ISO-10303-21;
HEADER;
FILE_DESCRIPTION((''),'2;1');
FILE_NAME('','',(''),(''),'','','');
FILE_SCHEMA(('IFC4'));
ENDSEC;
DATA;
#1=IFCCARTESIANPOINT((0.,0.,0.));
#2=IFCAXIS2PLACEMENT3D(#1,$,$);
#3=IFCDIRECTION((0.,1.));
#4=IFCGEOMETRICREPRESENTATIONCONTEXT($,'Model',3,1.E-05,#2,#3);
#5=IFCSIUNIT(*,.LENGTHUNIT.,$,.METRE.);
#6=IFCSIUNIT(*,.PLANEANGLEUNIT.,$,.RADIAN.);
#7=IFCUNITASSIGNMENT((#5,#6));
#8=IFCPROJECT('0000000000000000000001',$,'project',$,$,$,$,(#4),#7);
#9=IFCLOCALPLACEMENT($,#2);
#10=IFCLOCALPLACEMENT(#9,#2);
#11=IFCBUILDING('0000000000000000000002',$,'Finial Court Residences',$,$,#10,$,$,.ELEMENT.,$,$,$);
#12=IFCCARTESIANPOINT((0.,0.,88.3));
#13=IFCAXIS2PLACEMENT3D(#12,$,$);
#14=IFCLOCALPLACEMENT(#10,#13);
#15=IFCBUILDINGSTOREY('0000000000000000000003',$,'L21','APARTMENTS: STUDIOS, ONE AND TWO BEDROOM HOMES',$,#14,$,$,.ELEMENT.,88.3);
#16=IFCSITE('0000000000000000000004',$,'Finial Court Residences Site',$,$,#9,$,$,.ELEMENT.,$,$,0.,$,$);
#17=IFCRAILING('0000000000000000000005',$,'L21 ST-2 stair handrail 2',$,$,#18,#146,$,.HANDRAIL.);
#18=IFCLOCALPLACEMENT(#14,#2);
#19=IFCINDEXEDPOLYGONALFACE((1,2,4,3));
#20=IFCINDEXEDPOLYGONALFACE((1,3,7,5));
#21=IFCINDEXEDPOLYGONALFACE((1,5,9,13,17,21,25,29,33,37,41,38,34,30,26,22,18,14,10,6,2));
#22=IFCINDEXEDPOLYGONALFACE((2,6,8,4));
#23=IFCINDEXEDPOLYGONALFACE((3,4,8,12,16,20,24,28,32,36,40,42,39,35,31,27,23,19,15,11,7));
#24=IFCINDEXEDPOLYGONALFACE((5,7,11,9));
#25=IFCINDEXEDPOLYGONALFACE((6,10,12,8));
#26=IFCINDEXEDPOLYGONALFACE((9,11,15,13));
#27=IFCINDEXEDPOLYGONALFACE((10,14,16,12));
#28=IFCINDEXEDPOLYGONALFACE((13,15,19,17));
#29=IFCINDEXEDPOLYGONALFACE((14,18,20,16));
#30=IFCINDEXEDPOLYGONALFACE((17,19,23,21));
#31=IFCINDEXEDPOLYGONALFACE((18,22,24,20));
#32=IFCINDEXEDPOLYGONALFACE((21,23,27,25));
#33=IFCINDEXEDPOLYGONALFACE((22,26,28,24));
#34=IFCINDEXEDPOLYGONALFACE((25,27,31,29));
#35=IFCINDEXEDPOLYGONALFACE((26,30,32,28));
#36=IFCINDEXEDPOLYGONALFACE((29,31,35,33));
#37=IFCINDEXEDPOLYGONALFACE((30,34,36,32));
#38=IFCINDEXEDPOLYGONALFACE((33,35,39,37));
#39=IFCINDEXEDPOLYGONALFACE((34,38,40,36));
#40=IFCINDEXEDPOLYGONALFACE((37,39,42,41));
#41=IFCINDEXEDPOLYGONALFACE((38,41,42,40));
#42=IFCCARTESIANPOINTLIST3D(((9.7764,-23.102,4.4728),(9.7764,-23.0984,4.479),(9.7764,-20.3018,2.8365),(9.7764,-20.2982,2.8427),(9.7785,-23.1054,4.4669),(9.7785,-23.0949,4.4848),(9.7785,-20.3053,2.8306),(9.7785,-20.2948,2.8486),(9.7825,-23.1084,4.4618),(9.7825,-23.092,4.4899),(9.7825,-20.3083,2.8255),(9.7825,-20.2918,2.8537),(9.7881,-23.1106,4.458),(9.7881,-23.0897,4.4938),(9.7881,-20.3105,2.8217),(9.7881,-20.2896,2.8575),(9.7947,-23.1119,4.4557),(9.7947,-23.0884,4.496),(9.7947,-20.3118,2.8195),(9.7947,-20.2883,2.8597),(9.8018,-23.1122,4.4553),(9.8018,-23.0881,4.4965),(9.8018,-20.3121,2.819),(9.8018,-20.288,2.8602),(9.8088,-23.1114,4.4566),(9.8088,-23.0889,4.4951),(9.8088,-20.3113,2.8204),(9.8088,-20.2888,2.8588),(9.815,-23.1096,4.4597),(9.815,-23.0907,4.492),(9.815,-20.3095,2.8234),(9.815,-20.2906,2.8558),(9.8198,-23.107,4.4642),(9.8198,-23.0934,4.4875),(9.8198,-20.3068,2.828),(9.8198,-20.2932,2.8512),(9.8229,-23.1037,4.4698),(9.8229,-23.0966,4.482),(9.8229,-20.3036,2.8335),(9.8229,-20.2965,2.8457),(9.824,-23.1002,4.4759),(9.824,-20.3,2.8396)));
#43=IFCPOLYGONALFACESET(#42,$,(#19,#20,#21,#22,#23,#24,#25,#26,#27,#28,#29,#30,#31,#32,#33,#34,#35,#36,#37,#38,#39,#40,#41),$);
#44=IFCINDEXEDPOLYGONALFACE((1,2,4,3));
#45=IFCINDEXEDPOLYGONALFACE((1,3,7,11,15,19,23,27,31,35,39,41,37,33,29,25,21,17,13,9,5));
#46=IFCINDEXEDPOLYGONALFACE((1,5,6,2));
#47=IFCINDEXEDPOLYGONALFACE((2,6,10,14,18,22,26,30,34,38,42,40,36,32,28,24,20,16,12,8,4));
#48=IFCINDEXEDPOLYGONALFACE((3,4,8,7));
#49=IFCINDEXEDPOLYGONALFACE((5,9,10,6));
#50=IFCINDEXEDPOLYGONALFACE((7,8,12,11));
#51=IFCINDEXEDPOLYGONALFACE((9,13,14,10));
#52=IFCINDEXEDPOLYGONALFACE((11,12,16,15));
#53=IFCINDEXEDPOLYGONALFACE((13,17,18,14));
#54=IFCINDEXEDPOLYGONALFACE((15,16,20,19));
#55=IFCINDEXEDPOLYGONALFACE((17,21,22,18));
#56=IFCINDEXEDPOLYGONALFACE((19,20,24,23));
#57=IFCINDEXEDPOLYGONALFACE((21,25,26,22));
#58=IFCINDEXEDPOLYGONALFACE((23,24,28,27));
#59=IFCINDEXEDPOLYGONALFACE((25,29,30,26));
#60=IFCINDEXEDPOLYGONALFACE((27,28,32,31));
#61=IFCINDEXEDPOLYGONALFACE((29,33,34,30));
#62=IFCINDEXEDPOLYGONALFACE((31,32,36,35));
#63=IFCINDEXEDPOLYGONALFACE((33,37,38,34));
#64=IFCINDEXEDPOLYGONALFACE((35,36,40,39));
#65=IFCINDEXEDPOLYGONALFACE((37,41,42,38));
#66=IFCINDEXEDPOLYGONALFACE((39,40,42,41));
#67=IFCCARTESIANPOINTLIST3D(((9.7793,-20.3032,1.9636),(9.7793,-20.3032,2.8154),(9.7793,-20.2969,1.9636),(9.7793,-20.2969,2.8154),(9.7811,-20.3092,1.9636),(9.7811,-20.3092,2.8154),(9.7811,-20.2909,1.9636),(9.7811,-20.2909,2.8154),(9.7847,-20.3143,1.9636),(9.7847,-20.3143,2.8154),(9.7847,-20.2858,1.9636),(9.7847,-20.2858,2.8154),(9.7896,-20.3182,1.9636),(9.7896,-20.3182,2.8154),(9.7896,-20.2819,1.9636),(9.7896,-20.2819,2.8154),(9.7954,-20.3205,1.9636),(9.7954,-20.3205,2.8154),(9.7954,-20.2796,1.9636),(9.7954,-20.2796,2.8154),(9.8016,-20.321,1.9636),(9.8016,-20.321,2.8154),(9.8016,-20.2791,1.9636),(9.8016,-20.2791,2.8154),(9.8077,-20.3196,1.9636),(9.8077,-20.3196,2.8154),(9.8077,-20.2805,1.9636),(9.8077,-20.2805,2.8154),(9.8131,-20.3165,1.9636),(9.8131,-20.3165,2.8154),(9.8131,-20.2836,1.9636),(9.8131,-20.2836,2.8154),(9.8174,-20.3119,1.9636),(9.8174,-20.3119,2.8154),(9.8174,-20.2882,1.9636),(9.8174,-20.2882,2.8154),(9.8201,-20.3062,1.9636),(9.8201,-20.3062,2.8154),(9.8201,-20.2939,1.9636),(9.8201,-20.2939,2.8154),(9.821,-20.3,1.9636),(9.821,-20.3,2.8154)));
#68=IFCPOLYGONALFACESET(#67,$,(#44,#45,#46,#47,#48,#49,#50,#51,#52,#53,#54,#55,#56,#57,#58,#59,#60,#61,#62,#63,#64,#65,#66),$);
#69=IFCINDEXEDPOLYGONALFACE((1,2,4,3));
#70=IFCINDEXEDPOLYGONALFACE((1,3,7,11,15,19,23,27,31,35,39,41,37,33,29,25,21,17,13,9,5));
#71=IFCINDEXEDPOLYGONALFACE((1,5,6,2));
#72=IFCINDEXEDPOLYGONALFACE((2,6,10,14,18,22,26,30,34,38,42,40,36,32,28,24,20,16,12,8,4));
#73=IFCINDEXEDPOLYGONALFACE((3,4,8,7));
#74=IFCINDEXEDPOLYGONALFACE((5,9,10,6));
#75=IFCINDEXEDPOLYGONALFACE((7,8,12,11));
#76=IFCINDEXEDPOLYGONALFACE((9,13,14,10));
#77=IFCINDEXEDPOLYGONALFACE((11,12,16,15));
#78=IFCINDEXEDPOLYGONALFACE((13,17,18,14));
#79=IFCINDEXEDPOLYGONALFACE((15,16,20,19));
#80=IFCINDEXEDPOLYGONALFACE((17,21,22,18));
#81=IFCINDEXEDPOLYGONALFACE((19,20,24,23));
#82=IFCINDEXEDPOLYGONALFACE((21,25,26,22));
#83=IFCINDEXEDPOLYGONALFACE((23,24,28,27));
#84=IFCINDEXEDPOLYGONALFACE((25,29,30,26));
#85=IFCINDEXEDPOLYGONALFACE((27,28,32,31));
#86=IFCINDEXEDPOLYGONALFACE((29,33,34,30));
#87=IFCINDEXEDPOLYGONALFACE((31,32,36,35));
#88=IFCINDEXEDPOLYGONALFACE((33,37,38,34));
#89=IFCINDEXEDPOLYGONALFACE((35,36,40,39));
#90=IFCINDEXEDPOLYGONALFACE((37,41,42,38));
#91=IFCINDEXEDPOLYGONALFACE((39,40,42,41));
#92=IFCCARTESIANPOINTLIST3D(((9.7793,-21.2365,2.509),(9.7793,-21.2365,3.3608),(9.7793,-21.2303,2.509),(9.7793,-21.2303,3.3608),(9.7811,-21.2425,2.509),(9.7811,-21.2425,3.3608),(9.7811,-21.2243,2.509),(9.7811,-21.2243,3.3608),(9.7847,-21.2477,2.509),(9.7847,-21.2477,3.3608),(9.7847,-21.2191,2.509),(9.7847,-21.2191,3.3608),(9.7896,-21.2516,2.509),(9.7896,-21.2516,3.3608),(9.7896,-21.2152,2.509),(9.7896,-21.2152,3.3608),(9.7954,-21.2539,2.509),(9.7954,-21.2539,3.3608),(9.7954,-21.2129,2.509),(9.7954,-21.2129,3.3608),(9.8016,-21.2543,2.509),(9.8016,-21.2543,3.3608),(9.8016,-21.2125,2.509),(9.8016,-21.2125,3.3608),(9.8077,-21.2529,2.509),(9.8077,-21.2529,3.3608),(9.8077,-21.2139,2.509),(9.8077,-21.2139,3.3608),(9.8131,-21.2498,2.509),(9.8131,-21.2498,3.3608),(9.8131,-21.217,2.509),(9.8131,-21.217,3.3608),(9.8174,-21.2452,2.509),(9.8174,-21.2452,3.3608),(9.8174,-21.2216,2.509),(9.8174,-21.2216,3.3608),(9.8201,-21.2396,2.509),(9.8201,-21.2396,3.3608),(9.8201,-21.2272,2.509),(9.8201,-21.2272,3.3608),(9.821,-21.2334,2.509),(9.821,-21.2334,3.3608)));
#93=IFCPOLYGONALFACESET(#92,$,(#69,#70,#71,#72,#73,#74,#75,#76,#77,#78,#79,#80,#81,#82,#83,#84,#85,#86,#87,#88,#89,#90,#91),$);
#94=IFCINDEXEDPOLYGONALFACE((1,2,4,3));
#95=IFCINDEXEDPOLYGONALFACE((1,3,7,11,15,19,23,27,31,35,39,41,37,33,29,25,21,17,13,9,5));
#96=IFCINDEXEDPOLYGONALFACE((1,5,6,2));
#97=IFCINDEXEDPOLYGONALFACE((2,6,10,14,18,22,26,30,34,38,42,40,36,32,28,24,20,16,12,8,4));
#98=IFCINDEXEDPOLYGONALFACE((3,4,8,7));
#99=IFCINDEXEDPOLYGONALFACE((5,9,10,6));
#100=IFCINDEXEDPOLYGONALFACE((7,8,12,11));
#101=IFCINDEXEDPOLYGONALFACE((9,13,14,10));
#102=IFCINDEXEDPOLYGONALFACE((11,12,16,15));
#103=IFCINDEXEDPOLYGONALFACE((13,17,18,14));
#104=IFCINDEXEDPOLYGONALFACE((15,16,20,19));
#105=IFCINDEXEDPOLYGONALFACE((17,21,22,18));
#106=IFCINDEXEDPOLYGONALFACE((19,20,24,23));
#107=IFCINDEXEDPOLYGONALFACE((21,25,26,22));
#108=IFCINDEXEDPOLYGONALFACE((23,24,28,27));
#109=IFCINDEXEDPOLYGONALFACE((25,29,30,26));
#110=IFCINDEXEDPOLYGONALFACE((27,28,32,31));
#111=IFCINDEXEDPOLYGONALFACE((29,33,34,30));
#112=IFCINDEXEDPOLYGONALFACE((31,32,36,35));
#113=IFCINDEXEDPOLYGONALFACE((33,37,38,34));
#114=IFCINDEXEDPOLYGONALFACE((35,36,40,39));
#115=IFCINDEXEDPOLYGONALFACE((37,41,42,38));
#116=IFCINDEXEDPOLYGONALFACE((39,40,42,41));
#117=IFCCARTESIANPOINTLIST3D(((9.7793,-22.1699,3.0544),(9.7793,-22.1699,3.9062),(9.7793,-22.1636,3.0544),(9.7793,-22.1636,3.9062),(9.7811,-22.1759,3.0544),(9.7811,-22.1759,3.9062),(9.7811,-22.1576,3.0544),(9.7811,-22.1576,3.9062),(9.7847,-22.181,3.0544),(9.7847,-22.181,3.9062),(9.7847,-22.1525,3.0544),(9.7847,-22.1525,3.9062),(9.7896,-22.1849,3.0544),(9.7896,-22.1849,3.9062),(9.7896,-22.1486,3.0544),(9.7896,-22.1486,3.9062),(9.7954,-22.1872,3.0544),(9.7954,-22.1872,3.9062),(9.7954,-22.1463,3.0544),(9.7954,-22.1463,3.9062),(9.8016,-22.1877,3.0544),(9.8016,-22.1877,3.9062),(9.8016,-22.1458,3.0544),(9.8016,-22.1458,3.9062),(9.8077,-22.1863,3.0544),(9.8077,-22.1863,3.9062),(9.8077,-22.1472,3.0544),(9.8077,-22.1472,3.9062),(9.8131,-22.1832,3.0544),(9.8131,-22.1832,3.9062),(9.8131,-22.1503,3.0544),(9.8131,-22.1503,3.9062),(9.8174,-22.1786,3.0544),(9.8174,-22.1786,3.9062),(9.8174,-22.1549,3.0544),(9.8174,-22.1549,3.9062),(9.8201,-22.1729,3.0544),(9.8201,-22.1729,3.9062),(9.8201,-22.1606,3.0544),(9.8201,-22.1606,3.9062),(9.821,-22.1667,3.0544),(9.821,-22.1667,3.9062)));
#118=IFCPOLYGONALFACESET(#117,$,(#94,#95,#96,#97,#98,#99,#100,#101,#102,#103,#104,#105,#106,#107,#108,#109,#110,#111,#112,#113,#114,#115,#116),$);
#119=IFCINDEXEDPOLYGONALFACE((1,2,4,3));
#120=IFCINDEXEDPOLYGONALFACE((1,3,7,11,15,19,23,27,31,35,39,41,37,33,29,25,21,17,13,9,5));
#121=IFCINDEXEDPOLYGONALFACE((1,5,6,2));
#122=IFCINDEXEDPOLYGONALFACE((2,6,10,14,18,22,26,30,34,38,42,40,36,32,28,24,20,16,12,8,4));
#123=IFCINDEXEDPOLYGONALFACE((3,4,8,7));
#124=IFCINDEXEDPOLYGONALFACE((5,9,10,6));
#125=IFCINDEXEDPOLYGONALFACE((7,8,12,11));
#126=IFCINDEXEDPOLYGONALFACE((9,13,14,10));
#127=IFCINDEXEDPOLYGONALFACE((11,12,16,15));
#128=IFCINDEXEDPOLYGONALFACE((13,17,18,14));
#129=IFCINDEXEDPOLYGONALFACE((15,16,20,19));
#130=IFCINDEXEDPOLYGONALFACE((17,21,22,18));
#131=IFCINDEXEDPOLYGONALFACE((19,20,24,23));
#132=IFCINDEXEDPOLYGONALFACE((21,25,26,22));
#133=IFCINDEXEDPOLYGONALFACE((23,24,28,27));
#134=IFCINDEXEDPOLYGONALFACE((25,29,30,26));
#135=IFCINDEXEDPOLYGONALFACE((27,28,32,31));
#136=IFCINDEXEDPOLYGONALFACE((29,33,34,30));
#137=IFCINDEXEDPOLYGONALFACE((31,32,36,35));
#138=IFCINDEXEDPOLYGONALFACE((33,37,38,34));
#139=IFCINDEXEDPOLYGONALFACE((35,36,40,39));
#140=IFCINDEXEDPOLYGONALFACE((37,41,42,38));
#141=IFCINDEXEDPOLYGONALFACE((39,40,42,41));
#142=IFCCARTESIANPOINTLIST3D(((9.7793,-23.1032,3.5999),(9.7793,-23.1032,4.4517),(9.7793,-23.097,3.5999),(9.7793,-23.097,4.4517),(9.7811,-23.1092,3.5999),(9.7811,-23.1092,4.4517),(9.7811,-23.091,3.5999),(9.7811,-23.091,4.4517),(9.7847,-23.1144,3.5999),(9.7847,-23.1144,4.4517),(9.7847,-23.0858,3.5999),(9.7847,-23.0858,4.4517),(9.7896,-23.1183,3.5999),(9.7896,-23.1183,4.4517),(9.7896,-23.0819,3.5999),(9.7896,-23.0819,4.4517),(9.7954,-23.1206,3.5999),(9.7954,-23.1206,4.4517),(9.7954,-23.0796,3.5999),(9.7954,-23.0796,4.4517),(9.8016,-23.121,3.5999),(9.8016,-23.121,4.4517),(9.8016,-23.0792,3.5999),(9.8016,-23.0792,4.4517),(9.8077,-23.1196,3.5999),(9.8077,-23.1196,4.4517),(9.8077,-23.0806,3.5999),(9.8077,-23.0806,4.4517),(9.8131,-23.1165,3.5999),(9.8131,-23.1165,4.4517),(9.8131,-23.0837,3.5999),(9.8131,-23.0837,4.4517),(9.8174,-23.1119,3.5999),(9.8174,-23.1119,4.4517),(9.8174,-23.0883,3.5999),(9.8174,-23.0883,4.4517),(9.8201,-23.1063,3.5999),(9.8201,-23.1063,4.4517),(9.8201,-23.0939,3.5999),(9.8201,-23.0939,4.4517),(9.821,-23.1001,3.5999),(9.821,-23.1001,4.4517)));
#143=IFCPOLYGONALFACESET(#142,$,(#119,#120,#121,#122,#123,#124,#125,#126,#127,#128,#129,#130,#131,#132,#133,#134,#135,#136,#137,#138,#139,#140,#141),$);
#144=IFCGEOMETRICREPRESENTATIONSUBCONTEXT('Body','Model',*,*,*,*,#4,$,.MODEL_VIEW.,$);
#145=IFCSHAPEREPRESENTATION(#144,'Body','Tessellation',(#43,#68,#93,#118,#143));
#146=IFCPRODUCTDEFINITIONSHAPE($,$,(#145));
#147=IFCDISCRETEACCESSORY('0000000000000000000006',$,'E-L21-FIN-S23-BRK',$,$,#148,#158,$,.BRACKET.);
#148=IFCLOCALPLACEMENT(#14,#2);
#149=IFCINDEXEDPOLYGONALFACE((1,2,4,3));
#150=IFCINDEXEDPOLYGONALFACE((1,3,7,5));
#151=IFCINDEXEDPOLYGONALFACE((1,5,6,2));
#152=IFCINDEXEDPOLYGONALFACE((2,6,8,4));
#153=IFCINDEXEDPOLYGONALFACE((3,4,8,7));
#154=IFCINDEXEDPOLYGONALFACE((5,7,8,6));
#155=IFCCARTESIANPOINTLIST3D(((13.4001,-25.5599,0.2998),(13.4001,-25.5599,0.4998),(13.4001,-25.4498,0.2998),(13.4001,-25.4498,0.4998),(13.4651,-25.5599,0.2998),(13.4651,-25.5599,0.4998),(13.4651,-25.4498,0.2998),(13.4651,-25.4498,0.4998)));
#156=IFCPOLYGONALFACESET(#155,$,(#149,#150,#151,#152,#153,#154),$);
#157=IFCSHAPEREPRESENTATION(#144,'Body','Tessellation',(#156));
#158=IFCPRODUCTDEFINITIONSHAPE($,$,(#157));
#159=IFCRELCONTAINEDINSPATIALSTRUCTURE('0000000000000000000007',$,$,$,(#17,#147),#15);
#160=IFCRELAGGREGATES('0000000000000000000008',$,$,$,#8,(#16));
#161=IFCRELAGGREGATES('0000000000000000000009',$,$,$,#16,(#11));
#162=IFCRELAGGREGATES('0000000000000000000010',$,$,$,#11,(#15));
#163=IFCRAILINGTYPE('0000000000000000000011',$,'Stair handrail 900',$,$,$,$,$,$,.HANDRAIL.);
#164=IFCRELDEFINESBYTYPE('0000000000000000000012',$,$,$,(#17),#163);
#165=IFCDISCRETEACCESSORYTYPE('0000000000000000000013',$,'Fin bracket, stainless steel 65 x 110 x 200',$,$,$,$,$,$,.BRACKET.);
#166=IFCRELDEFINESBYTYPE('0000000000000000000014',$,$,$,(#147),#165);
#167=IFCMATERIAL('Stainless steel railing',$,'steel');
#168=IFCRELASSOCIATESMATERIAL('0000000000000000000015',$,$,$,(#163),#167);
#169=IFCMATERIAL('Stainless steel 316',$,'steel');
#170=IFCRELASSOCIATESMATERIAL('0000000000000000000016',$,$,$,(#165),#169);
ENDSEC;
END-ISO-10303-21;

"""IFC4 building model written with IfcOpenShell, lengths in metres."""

from ifc_helpers import new_model, si_unit, direction, frame, origin, origin_2d, place, context, subcontext, project, spatial, rectangle, circle, extrude, material, type_object, element, save


model = new_model("IFC4")

# Units and contexts
model_context = context("Model", 3, precision=1e-05, world=origin(), true_north=direction((0.0, 1.0)))
body_context = subcontext(model_context, "Body", "Model", "MODEL_VIEW")
ifc_project = project(units=[si_unit("LENGTHUNIT", "METRE"), si_unit("PLANEANGLEUNIT", "RADIAN")], contexts=[model_context])

# Site, building, storey
site_placement = place(None, origin())
site = spatial("IfcSite", under=ifc_project, at=site_placement, Name="Finial Court Residences Site", CompositionType="ELEMENT", RefElevation=0.0)
building_placement = place(site_placement, origin())
building = spatial("IfcBuilding", under=site, at=building_placement, Name="Finial Court Residences", CompositionType="ELEMENT")
storey_placement = place(building_placement, frame((0.0, 0.0, 88.3)))
storey = spatial("IfcBuildingStorey", under=building, at=storey_placement, Name="L21", Description="APARTMENTS: STUDIOS, ONE AND TWO BEDROOM HOMES", CompositionType="ELEMENT", Elevation=88.3)

# Railing
ifc_material_1 = material(Name="Stainless steel railing", Category="steel")
railing_type_1 = type_object("IfcRailingType", Name="Stair handrail 900", PredefinedType="HANDRAIL", material=ifc_material_1)
railing_1_placement = place(storey_placement, frame((9.8, -20.3, 1.9636)))
element("IfcRailing", 1, at=railing_1_placement, inside=storey, type_object=railing_type_1, Name="L21 ST-2 stair handrail 2", PredefinedType="HANDRAIL", context=body_context, shape_type="SweptSolid", body=[
    extrude(circle(Radius=0.0239, at=origin_2d()), frame((0.0, 0.0, 0.876), z_axis=(0.0, -0.863394, 0.504531), x_axis=(1.0, 0.0, 0.0)), (0.0, 0.0, 1.0), 3.2432),
    extrude(circle(Radius=0.021, at=origin_2d()), origin(), (0.0, 0.0, 1.0), 0.8518),
    extrude(circle(Radius=0.021, at=origin_2d()), frame((0.0, -0.9333, 0.5454)), (0.0, 0.0, 1.0), 0.8518),
    extrude(circle(Radius=0.021, at=origin_2d()), frame((0.0, -1.8667, 1.0908)), (0.0, 0.0, 1.0), 0.8518),
    extrude(circle(Radius=0.021, at=origin_2d()), frame((0.0, -2.8, 1.6362)), (0.0, 0.0, 1.0), 0.8518),
])

# Discrete accessory
ifc_material_2 = material(Name="Stainless steel 316", Category="steel")
discrete_accessory_type = type_object("IfcDiscreteAccessoryType", Name="Fin bracket, stainless steel 65 x 110 x 200", PredefinedType="BRACKET", material=ifc_material_2)
discrete_accessory_placement = place(storey_placement, frame((13.4326, -25.5049, 0.2998), z_axis=(0.0, 0.0, 1.0), x_axis=(1.0, 0.0, 0.0)))
element("IfcDiscreteAccessory", 2, at=discrete_accessory_placement, inside=storey, type_object=discrete_accessory_type, Name="E-L21-FIN-S23-BRK", PredefinedType="BRACKET", context=body_context, shape_type="SweptSolid", body=[
    extrude(rectangle(XDim=0.0649, YDim=0.1101, at=origin_2d()), origin(), (0.0, 0.0, 1.0), 0.2),
])

save(model, "model.ifc")
